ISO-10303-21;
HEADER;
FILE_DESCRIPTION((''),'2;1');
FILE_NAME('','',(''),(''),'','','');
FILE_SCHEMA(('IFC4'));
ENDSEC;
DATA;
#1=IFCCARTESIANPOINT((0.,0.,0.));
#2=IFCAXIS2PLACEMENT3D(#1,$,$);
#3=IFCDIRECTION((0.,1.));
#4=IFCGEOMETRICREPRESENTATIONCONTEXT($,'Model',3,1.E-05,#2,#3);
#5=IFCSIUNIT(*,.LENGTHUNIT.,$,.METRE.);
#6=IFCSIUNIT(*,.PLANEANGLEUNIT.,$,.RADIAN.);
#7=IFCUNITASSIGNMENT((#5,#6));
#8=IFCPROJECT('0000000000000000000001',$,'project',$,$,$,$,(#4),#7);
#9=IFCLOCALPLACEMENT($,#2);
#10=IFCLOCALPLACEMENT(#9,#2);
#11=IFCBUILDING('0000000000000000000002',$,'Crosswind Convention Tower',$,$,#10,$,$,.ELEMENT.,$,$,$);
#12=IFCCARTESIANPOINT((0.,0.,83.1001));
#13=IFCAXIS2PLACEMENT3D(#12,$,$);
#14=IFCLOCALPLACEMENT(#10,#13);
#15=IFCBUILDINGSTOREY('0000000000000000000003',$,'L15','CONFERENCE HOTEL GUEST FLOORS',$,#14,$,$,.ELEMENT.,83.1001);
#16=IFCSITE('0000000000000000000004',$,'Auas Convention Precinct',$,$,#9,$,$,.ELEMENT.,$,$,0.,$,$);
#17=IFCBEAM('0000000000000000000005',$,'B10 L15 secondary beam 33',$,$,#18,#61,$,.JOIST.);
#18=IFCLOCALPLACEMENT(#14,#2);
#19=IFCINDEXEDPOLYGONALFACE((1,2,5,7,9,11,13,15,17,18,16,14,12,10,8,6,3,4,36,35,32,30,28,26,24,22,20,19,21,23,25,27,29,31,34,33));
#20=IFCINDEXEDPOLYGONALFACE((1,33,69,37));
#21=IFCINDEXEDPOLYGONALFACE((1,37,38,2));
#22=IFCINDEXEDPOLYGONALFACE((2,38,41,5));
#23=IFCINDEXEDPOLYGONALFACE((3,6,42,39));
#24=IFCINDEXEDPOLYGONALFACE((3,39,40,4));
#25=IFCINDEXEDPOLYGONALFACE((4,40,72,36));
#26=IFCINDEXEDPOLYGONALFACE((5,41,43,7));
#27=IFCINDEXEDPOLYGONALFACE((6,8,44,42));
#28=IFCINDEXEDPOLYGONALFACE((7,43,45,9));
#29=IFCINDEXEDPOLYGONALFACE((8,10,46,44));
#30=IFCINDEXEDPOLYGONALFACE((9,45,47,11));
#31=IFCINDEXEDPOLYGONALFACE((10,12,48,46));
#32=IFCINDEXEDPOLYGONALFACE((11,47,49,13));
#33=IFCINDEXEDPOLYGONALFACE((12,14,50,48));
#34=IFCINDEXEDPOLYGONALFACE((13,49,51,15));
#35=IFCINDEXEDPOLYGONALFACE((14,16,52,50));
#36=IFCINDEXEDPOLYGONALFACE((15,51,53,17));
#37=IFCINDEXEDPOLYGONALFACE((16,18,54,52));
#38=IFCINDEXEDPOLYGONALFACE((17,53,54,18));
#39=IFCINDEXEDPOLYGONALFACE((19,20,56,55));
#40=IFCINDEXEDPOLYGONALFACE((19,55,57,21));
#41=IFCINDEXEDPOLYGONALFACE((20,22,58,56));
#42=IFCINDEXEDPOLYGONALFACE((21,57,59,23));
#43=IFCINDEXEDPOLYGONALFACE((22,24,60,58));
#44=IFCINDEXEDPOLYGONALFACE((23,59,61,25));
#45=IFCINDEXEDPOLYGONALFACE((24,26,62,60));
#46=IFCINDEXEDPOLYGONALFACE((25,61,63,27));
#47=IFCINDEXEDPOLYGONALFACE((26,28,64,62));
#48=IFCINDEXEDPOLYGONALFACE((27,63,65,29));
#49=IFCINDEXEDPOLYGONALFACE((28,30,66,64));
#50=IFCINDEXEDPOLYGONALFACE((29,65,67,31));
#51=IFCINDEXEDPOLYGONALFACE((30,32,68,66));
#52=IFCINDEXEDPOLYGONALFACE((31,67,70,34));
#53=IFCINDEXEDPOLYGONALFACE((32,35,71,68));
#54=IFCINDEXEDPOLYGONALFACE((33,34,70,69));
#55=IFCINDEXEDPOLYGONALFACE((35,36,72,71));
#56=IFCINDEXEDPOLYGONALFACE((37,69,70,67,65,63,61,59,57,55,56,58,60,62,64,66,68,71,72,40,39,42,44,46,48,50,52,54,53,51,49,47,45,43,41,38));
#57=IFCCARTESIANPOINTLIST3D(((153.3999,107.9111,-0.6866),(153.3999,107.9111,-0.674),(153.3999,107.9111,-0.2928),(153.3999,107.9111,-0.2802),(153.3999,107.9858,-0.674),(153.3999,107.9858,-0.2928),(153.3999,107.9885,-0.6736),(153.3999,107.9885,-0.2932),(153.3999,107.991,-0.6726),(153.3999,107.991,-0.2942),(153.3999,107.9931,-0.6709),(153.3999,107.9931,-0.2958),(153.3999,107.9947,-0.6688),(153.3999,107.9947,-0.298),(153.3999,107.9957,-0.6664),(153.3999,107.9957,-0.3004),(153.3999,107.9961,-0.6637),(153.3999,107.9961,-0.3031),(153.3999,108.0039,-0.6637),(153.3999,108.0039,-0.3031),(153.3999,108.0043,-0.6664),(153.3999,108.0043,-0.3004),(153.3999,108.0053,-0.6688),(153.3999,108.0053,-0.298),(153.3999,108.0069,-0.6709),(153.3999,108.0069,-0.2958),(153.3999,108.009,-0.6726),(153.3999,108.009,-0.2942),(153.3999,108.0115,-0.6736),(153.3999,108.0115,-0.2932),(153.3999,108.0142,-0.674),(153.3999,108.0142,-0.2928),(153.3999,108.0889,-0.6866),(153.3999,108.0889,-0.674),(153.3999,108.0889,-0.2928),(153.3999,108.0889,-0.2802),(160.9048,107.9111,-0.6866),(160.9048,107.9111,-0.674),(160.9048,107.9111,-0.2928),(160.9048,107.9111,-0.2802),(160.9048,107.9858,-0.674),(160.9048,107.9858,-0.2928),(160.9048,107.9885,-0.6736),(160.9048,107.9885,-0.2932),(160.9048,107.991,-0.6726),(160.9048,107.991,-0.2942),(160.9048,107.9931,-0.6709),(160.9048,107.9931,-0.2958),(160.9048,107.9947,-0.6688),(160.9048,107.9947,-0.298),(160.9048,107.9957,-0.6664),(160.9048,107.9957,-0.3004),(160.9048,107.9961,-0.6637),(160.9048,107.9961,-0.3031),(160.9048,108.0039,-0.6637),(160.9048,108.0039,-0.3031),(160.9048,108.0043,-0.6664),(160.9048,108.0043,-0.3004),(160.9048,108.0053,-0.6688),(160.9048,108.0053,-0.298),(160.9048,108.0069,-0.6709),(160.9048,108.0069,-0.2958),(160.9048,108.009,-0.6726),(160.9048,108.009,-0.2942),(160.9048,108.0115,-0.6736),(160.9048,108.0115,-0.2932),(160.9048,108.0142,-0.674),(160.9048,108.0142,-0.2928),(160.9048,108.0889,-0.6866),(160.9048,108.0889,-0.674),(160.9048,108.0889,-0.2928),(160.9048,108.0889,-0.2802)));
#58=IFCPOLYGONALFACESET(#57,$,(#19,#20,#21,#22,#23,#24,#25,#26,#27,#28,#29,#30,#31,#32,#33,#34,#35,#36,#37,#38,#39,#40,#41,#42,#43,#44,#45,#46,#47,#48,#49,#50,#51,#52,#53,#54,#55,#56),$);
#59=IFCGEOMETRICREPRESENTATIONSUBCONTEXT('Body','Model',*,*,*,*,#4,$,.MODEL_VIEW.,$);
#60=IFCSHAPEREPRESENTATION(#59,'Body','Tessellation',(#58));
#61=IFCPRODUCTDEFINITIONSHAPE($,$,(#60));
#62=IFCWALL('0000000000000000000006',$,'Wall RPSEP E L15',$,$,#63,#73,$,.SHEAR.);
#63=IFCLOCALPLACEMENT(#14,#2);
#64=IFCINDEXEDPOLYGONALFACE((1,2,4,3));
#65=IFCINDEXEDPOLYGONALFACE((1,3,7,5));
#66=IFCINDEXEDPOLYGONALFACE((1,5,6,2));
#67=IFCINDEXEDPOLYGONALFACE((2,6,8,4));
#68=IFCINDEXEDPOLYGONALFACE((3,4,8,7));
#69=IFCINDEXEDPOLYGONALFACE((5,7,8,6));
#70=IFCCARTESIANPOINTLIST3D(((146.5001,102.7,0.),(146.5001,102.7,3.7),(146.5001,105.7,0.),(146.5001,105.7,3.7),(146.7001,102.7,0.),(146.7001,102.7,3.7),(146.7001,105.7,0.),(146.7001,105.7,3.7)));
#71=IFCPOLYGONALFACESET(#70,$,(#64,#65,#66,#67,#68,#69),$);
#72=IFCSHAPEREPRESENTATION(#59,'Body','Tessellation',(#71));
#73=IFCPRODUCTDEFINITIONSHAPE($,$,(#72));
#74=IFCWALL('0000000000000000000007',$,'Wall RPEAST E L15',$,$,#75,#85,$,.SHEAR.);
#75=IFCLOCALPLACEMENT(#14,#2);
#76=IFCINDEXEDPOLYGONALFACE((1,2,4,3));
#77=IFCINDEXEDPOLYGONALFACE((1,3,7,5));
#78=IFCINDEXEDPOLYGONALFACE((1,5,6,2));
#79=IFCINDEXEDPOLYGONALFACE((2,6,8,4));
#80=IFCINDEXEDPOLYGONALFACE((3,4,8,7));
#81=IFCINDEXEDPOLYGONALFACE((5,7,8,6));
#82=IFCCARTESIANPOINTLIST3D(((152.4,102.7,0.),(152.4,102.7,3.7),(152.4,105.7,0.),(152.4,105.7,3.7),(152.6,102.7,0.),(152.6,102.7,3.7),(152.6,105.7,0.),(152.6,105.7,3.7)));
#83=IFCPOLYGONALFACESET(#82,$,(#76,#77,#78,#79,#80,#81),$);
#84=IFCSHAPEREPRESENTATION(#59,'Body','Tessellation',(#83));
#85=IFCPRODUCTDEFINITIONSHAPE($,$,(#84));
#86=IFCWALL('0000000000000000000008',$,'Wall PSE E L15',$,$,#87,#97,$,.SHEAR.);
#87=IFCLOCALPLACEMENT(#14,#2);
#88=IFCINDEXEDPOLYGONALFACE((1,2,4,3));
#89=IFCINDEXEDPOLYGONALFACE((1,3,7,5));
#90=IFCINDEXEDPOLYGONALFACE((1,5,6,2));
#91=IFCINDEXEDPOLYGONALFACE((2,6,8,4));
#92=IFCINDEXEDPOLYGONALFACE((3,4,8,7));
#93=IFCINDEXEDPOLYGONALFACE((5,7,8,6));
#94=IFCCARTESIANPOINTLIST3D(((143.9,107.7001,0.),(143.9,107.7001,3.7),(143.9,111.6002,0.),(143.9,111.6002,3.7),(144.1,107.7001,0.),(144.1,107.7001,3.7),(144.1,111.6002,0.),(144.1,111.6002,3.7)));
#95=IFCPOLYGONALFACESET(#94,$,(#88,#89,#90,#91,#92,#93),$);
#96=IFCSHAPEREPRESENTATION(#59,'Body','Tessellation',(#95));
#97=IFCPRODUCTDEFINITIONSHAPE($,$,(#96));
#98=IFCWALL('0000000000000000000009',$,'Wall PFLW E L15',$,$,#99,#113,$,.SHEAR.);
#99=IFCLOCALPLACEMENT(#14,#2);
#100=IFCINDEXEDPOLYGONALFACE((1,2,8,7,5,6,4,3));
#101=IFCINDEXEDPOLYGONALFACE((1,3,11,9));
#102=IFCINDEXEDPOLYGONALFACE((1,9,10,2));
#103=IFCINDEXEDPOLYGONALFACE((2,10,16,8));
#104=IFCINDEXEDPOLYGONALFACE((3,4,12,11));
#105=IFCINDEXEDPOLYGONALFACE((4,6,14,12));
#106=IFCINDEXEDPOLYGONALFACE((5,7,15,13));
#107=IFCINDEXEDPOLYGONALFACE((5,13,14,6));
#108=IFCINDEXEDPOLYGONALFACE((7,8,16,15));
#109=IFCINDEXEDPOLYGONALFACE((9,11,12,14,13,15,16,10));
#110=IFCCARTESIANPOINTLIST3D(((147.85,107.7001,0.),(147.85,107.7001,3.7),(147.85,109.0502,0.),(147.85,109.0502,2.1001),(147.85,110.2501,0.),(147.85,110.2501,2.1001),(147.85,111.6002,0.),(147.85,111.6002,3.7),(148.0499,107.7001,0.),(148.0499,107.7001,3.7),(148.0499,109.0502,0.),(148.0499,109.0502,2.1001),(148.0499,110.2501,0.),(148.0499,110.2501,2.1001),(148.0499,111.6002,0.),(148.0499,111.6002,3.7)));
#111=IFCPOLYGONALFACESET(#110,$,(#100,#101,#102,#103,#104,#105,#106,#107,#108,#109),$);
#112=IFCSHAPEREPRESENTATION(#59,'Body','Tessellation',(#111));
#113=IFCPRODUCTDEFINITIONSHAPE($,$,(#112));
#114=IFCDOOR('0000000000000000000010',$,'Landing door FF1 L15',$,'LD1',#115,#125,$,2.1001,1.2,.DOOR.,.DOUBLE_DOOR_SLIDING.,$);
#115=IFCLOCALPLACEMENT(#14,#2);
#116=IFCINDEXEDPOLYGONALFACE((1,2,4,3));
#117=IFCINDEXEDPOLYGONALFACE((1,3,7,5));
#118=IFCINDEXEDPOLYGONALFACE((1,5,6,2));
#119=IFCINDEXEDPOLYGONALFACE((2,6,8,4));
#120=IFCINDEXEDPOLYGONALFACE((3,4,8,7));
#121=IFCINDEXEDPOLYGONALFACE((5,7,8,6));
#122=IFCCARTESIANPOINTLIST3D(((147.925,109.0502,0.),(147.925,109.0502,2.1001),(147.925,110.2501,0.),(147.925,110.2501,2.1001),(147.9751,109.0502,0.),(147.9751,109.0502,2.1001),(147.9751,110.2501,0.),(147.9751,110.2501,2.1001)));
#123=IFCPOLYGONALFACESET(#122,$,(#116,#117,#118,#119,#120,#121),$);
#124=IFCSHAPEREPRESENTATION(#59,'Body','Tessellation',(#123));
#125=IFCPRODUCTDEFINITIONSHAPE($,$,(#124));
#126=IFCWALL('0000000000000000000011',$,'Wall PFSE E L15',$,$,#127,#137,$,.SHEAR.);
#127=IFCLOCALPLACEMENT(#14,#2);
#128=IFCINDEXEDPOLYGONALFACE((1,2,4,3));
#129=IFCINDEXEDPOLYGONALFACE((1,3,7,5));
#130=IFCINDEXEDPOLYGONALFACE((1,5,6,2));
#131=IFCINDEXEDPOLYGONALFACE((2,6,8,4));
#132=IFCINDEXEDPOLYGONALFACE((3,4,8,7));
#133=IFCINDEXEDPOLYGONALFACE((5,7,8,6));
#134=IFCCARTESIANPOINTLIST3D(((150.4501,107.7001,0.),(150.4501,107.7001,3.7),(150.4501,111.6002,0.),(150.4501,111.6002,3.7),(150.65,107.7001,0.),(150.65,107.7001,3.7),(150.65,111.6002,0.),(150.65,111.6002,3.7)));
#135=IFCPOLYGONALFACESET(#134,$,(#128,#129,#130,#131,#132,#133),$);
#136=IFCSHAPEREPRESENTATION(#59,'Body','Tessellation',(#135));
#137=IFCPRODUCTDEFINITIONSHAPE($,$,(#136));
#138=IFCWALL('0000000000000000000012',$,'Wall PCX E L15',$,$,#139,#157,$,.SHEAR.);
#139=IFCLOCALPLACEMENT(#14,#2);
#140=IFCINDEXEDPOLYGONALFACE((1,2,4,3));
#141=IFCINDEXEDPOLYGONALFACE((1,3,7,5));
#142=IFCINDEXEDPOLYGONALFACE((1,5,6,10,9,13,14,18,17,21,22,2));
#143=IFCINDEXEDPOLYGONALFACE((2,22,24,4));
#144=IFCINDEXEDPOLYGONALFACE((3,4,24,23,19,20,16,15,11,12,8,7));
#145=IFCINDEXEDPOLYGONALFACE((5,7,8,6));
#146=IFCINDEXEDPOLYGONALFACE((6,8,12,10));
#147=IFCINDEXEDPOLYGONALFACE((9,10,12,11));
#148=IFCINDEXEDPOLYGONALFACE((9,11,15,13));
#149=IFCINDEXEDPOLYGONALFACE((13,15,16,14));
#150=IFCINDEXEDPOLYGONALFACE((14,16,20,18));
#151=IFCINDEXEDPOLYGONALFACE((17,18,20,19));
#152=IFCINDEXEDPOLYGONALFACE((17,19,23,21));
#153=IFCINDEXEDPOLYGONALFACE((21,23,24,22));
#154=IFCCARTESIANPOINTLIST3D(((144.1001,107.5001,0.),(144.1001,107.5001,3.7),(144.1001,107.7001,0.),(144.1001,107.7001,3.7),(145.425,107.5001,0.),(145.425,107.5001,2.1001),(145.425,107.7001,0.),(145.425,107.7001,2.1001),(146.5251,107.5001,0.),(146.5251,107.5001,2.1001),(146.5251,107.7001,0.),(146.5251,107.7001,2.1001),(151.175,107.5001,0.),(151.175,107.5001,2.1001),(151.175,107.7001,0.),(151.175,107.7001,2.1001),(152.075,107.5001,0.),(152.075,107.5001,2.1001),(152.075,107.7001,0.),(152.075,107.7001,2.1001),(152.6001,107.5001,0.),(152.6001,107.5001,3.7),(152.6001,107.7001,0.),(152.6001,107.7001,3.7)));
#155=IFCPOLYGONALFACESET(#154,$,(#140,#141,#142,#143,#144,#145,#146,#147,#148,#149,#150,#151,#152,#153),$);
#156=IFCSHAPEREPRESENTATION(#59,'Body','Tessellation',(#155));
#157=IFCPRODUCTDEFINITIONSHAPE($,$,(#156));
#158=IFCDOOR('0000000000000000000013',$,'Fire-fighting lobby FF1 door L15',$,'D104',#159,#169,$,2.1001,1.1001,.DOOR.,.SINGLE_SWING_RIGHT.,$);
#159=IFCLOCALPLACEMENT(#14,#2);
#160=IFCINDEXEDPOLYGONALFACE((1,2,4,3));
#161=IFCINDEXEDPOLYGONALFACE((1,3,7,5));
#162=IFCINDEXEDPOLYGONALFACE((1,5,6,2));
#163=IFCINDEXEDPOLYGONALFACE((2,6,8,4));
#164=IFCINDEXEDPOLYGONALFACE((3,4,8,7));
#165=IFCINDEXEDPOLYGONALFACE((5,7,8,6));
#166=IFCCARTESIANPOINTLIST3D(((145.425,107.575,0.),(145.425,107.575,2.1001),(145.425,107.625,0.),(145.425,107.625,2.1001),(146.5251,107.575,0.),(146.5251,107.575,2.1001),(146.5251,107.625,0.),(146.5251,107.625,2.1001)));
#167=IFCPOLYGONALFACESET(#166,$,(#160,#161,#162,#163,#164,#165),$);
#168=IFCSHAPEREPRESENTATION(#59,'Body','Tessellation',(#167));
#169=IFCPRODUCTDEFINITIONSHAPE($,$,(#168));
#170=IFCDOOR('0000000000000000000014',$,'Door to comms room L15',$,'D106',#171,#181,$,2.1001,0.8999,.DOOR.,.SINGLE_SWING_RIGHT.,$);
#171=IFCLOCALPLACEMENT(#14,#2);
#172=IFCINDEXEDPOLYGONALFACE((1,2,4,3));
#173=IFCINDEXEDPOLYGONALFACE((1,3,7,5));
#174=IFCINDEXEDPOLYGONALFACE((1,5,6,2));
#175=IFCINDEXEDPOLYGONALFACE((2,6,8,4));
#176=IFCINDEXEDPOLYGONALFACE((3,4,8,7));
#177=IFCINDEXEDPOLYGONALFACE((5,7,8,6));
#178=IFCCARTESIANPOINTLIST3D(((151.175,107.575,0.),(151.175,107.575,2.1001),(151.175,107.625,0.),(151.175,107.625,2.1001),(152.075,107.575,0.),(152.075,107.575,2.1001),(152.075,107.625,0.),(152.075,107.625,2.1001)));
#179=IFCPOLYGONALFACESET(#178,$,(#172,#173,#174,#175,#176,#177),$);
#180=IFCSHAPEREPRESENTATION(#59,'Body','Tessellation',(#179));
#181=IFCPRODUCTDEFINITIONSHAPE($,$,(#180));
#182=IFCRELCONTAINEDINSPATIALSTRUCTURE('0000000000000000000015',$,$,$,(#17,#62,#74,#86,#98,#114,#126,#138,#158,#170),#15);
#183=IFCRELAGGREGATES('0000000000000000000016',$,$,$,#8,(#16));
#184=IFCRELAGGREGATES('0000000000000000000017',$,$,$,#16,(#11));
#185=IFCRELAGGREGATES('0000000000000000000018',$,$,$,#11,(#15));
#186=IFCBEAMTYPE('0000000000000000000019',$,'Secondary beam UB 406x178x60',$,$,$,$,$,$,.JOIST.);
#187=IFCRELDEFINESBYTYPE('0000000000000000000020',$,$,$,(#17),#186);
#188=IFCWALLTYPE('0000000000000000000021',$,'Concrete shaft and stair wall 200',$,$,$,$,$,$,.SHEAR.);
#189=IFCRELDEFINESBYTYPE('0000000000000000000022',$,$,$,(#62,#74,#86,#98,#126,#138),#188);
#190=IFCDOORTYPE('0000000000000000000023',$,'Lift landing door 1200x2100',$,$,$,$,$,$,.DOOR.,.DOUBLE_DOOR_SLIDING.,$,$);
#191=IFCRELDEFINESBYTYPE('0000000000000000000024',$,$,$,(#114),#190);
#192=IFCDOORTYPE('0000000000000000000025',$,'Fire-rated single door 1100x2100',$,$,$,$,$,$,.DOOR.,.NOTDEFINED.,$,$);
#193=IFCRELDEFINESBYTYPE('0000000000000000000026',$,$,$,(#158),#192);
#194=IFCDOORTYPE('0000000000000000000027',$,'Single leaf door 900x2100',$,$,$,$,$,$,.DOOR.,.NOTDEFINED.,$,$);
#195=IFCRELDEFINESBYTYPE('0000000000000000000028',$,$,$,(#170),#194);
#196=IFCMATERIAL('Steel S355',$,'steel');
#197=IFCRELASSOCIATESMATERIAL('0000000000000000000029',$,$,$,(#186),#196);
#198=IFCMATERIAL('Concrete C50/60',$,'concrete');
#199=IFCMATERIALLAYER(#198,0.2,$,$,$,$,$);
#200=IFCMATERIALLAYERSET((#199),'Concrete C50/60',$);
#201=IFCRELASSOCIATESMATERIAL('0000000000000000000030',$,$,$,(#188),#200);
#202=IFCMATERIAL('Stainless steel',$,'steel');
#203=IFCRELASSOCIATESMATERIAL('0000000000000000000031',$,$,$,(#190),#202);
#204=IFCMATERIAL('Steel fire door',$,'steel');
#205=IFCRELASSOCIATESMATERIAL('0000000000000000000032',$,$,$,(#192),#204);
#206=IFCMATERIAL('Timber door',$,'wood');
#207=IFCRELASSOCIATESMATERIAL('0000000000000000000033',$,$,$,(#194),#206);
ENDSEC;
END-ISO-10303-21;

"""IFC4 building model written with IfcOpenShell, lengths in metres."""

from ifc_helpers import new_model, si_unit, direction, frame, frame_2d, origin, origin_2d, place, context, subcontext, project, spatial, rectangle, i_section, extrude, material, layer, layer_set, material_profile, profile_set, type_object, element, fill, save


model = new_model("IFC4")

# Units and contexts
model_context = context("Model", 3, precision=1e-05, world=origin(), true_north=direction((0.0, 1.0)))
body_context = subcontext(model_context, "Body", "Model", "MODEL_VIEW")
ifc_project = project(units=[si_unit("LENGTHUNIT", "METRE"), si_unit("PLANEANGLEUNIT", "RADIAN")], contexts=[model_context])

# Site, building, storey
site_placement = place(None, origin())
site = spatial("IfcSite", under=ifc_project, at=site_placement, Name="Auas Convention Precinct", CompositionType="ELEMENT", RefElevation=0.0)
building_placement = place(site_placement, origin())
building = spatial("IfcBuilding", under=site, at=building_placement, Name="Crosswind Convention Tower", CompositionType="ELEMENT")
storey_placement = place(building_placement, frame((0.0, 0.0, 83.1001)))
storey = spatial("IfcBuildingStorey", under=building, at=storey_placement, Name="L15", Description="CONFERENCE HOTEL GUEST FLOORS", CompositionType="ELEMENT", Elevation=83.1001)

# Shared definitions
ifc_material_1 = material(Name="Steel S355", Category="steel")

# Beam
ifc_material_profile_1 = material_profile(ifc_material_1, i_section(OverallWidth=0.1777, OverallDepth=0.4065, WebThickness=0.0078, FlangeThickness=0.0127, FilletRadius=0.0103, at=origin_2d()), Name="UB 406x178x60")
ifc_profile_set_1 = profile_set([ifc_material_profile_1], Name="Steel S355")
beam_type_1 = type_object("IfcBeamType", Name="Secondary beam UB 406x178x60", PredefinedType="JOIST", material=ifc_profile_set_1)
for number, where, z_axis, x_axis, name in (
    (1, (153.3999, 108.0, -0.4834), (1.0, 0.0, 0.0), (0.0, 1.0, 0.0), "B10 L15 secondary beam 33"),
):
    element("IfcBeam", number, at=place(storey_placement, frame(where, z_axis=z_axis, x_axis=x_axis)), inside=storey, type_object=beam_type_1, Name=name, PredefinedType="JOIST", context=body_context, shape_type="SweptSolid", body=[
        extrude(i_section(OverallWidth=0.1777, OverallDepth=0.4065, WebThickness=0.0078, FlangeThickness=0.0127, FilletRadius=0.0103, at=origin_2d()), origin(), (0.0, 0.0, 1.0), 7.5049),
    ])

# Walls
ifc_material_2 = material(Name="Concrete C50/60", Category="concrete")
ifc_layer_1 = layer(ifc_material_2, 0.2)
ifc_layer_set_1 = layer_set([ifc_layer_1], Name="Concrete C50/60")
wall_type_1 = type_object("IfcWallType", Name="Concrete shaft and stair wall 200", PredefinedType="SHEAR", material=ifc_layer_set_1)
for number, where, z_axis, x_axis, name in (
    (2, (146.6001, 102.7, 0.0), (0.0, 0.0, 1.0), (0.0, 1.0, 0.0), "Wall RPSEP E L15"),
    (3, (152.5, 102.7, 0.0), (0.0, 0.0, 1.0), (0.0, 1.0, 0.0), "Wall RPEAST E L15"),
):
    element("IfcWall", number, at=place(storey_placement, frame(where, z_axis=z_axis, x_axis=x_axis)), inside=storey, type_object=wall_type_1, Name=name, PredefinedType="SHEAR", context=body_context, shape_type="SweptSolid", body=[
        extrude(rectangle(XDim=3.0, YDim=0.2, at=frame_2d((1.5, 0.0))), origin(), (0.0, 0.0, 1.0), 3.7),
    ])
wall_1_placement = place(storey_placement, frame((144.0, 107.7, 0.0), z_axis=(0.0, 0.0, 1.0), x_axis=(0.0, 1.0, 0.0)))
element("IfcWall", 4, at=wall_1_placement, inside=storey, type_object=wall_type_1, Name="Wall PSE E L15", PredefinedType="SHEAR", context=body_context, shape_type="SweptSolid", body=[
    extrude(rectangle(XDim=3.9001, YDim=0.2, at=frame_2d((1.9502, 0.0))), origin(), (0.0, 0.0, 1.0), 3.7),
])

# Wall, opening, door
wall_2_placement = place(storey_placement, frame((147.95, 107.7, 0.0), z_axis=(0.0, 0.0, 1.0), x_axis=(0.0, 1.0, 0.0)))
wall_2 = element("IfcWall", 5, at=wall_2_placement, inside=storey, type_object=wall_type_1, Name="Wall PFLW E L15", PredefinedType="SHEAR", context=body_context, shape_type="SweptSolid", body=[
    extrude(rectangle(XDim=3.9001, YDim=0.2, at=frame_2d((1.9502, 0.0))), origin(), (0.0, 0.0, 1.0), 3.7),
])
opening_1_placement = place(wall_2_placement, frame((1.3501, 0.0, 0.0)))
opening_1 = element("IfcOpeningElement", 6, at=opening_1_placement, cuts=wall_2, PredefinedType="OPENING", context=body_context, shape_type="SweptSolid", body=[
    extrude(rectangle(XDim=1.2, YDim=2.1001, at=frame_2d((0.6001, 1.05))), frame((0.0, 0.1099, 0.0), z_axis=(0.0, -1.0, 0.0), x_axis=(1.0, 0.0, 0.0)), (0.0, 0.0, 1.0), 0.22),
])
ifc_material_3 = material(Name="Stainless steel", Category="steel")
door_type_1 = type_object("IfcDoorType", Name="Lift landing door 1200x2100", OperationType="DOUBLE_DOOR_SLIDING", PredefinedType="DOOR", material=ifc_material_3)
door_1_placement = place(opening_1_placement, origin())
door_1 = element("IfcDoor", 7, at=door_1_placement, inside=storey, type_object=door_type_1, Name="Landing door FF1 L15", ObjectType="LD1", OperationType="DOUBLE_DOOR_SLIDING", OverallHeight=2.1001, OverallWidth=1.2, PredefinedType="DOOR", context=body_context, shape_type="SweptSolid", body=[
    extrude(rectangle(XDim=1.2, YDim=2.1001, at=frame_2d((0.6001, 1.05))), frame((0.0, 0.0249, 0.0), z_axis=(0.0, -1.0, 0.0), x_axis=(1.0, 0.0, 0.0)), (0.0, 0.0, 1.0), 0.05),
])
fill(opening_1, door_1)

# Wall
wall_3_placement = place(storey_placement, frame((150.55, 107.7, 0.0), z_axis=(0.0, 0.0, 1.0), x_axis=(0.0, 1.0, 0.0)))
element("IfcWall", 8, at=wall_3_placement, inside=storey, type_object=wall_type_1, Name="Wall PFSE E L15", PredefinedType="SHEAR", context=body_context, shape_type="SweptSolid", body=[
    extrude(rectangle(XDim=3.9001, YDim=0.2, at=frame_2d((1.9502, 0.0))), origin(), (0.0, 0.0, 1.0), 3.7),
])

# Wall, openings, doors
wall_4_placement = place(storey_placement, frame((144.1001, 107.6001, 0.0), z_axis=(0.0, 0.0, 1.0), x_axis=(1.0, 0.0, 0.0)))
wall_4 = element("IfcWall", 9, at=wall_4_placement, inside=storey, type_object=wall_type_1, Name="Wall PCX E L15", PredefinedType="SHEAR", context=body_context, shape_type="SweptSolid", body=[
    extrude(rectangle(XDim=8.5, YDim=0.2, at=frame_2d((4.25, 0.0))), origin(), (0.0, 0.0, 1.0), 3.7),
])
opening_2_placement = place(wall_4_placement, frame((1.325, 0.0, 0.0)))
opening_2 = element("IfcOpeningElement", 10, at=opening_2_placement, cuts=wall_4, PredefinedType="OPENING", context=body_context, shape_type="SweptSolid", body=[
    extrude(rectangle(XDim=1.1001, YDim=2.1001, at=frame_2d((0.55, 1.05))), frame((0.0, 0.1099, 0.0), z_axis=(0.0, -1.0, 0.0), x_axis=(1.0, 0.0, 0.0)), (0.0, 0.0, 1.0), 0.22),
])
opening_3_placement = place(wall_4_placement, frame((7.075, 0.0, 0.0)))
opening_3 = element("IfcOpeningElement", 11, at=opening_3_placement, cuts=wall_4, PredefinedType="OPENING", context=body_context, shape_type="SweptSolid", body=[
    extrude(rectangle(XDim=0.8999, YDim=2.1001, at=frame_2d((0.45, 1.05))), frame((0.0, 0.1099, 0.0), z_axis=(0.0, -1.0, 0.0), x_axis=(1.0, 0.0, 0.0)), (0.0, 0.0, 1.0), 0.22),
])
ifc_material_4 = material(Name="Steel fire door", Category="steel")
door_type_2 = type_object("IfcDoorType", Name="Fire-rated single door 1100x2100", OperationType="NOTDEFINED", PredefinedType="DOOR", material=ifc_material_4)
door_2_placement = place(opening_2_placement, origin())
door_2 = element("IfcDoor", 12, at=door_2_placement, inside=storey, type_object=door_type_2, Name="Fire-fighting lobby FF1 door L15", ObjectType="D104", OperationType="SINGLE_SWING_RIGHT", OverallHeight=2.1001, OverallWidth=1.1001, PredefinedType="DOOR", context=body_context, shape_type="SweptSolid", body=[
    extrude(rectangle(XDim=1.1001, YDim=2.1001, at=frame_2d((0.55, 1.05))), frame((0.0, 0.0249, 0.0), z_axis=(0.0, -1.0, 0.0), x_axis=(1.0, 0.0, 0.0)), (0.0, 0.0, 1.0), 0.05),
])
fill(opening_2, door_2)
ifc_material_5 = material(Name="Timber door", Category="wood")
door_type_3 = type_object("IfcDoorType", Name="Single leaf door 900x2100", OperationType="NOTDEFINED", PredefinedType="DOOR", material=ifc_material_5)
door_3_placement = place(opening_3_placement, origin())
door_3 = element("IfcDoor", 13, at=door_3_placement, inside=storey, type_object=door_type_3, Name="Door to comms room L15", ObjectType="D106", OperationType="SINGLE_SWING_RIGHT", OverallHeight=2.1001, OverallWidth=0.8999, PredefinedType="DOOR", context=body_context, shape_type="SweptSolid", body=[
    extrude(rectangle(XDim=0.8999, YDim=2.1001, at=frame_2d((0.45, 1.05))), frame((0.0, 0.0249, 0.0), z_axis=(0.0, -1.0, 0.0), x_axis=(1.0, 0.0, 0.0)), (0.0, 0.0, 1.0), 0.05),
])
fill(opening_3, door_3)

save(model, "model.ifc")
